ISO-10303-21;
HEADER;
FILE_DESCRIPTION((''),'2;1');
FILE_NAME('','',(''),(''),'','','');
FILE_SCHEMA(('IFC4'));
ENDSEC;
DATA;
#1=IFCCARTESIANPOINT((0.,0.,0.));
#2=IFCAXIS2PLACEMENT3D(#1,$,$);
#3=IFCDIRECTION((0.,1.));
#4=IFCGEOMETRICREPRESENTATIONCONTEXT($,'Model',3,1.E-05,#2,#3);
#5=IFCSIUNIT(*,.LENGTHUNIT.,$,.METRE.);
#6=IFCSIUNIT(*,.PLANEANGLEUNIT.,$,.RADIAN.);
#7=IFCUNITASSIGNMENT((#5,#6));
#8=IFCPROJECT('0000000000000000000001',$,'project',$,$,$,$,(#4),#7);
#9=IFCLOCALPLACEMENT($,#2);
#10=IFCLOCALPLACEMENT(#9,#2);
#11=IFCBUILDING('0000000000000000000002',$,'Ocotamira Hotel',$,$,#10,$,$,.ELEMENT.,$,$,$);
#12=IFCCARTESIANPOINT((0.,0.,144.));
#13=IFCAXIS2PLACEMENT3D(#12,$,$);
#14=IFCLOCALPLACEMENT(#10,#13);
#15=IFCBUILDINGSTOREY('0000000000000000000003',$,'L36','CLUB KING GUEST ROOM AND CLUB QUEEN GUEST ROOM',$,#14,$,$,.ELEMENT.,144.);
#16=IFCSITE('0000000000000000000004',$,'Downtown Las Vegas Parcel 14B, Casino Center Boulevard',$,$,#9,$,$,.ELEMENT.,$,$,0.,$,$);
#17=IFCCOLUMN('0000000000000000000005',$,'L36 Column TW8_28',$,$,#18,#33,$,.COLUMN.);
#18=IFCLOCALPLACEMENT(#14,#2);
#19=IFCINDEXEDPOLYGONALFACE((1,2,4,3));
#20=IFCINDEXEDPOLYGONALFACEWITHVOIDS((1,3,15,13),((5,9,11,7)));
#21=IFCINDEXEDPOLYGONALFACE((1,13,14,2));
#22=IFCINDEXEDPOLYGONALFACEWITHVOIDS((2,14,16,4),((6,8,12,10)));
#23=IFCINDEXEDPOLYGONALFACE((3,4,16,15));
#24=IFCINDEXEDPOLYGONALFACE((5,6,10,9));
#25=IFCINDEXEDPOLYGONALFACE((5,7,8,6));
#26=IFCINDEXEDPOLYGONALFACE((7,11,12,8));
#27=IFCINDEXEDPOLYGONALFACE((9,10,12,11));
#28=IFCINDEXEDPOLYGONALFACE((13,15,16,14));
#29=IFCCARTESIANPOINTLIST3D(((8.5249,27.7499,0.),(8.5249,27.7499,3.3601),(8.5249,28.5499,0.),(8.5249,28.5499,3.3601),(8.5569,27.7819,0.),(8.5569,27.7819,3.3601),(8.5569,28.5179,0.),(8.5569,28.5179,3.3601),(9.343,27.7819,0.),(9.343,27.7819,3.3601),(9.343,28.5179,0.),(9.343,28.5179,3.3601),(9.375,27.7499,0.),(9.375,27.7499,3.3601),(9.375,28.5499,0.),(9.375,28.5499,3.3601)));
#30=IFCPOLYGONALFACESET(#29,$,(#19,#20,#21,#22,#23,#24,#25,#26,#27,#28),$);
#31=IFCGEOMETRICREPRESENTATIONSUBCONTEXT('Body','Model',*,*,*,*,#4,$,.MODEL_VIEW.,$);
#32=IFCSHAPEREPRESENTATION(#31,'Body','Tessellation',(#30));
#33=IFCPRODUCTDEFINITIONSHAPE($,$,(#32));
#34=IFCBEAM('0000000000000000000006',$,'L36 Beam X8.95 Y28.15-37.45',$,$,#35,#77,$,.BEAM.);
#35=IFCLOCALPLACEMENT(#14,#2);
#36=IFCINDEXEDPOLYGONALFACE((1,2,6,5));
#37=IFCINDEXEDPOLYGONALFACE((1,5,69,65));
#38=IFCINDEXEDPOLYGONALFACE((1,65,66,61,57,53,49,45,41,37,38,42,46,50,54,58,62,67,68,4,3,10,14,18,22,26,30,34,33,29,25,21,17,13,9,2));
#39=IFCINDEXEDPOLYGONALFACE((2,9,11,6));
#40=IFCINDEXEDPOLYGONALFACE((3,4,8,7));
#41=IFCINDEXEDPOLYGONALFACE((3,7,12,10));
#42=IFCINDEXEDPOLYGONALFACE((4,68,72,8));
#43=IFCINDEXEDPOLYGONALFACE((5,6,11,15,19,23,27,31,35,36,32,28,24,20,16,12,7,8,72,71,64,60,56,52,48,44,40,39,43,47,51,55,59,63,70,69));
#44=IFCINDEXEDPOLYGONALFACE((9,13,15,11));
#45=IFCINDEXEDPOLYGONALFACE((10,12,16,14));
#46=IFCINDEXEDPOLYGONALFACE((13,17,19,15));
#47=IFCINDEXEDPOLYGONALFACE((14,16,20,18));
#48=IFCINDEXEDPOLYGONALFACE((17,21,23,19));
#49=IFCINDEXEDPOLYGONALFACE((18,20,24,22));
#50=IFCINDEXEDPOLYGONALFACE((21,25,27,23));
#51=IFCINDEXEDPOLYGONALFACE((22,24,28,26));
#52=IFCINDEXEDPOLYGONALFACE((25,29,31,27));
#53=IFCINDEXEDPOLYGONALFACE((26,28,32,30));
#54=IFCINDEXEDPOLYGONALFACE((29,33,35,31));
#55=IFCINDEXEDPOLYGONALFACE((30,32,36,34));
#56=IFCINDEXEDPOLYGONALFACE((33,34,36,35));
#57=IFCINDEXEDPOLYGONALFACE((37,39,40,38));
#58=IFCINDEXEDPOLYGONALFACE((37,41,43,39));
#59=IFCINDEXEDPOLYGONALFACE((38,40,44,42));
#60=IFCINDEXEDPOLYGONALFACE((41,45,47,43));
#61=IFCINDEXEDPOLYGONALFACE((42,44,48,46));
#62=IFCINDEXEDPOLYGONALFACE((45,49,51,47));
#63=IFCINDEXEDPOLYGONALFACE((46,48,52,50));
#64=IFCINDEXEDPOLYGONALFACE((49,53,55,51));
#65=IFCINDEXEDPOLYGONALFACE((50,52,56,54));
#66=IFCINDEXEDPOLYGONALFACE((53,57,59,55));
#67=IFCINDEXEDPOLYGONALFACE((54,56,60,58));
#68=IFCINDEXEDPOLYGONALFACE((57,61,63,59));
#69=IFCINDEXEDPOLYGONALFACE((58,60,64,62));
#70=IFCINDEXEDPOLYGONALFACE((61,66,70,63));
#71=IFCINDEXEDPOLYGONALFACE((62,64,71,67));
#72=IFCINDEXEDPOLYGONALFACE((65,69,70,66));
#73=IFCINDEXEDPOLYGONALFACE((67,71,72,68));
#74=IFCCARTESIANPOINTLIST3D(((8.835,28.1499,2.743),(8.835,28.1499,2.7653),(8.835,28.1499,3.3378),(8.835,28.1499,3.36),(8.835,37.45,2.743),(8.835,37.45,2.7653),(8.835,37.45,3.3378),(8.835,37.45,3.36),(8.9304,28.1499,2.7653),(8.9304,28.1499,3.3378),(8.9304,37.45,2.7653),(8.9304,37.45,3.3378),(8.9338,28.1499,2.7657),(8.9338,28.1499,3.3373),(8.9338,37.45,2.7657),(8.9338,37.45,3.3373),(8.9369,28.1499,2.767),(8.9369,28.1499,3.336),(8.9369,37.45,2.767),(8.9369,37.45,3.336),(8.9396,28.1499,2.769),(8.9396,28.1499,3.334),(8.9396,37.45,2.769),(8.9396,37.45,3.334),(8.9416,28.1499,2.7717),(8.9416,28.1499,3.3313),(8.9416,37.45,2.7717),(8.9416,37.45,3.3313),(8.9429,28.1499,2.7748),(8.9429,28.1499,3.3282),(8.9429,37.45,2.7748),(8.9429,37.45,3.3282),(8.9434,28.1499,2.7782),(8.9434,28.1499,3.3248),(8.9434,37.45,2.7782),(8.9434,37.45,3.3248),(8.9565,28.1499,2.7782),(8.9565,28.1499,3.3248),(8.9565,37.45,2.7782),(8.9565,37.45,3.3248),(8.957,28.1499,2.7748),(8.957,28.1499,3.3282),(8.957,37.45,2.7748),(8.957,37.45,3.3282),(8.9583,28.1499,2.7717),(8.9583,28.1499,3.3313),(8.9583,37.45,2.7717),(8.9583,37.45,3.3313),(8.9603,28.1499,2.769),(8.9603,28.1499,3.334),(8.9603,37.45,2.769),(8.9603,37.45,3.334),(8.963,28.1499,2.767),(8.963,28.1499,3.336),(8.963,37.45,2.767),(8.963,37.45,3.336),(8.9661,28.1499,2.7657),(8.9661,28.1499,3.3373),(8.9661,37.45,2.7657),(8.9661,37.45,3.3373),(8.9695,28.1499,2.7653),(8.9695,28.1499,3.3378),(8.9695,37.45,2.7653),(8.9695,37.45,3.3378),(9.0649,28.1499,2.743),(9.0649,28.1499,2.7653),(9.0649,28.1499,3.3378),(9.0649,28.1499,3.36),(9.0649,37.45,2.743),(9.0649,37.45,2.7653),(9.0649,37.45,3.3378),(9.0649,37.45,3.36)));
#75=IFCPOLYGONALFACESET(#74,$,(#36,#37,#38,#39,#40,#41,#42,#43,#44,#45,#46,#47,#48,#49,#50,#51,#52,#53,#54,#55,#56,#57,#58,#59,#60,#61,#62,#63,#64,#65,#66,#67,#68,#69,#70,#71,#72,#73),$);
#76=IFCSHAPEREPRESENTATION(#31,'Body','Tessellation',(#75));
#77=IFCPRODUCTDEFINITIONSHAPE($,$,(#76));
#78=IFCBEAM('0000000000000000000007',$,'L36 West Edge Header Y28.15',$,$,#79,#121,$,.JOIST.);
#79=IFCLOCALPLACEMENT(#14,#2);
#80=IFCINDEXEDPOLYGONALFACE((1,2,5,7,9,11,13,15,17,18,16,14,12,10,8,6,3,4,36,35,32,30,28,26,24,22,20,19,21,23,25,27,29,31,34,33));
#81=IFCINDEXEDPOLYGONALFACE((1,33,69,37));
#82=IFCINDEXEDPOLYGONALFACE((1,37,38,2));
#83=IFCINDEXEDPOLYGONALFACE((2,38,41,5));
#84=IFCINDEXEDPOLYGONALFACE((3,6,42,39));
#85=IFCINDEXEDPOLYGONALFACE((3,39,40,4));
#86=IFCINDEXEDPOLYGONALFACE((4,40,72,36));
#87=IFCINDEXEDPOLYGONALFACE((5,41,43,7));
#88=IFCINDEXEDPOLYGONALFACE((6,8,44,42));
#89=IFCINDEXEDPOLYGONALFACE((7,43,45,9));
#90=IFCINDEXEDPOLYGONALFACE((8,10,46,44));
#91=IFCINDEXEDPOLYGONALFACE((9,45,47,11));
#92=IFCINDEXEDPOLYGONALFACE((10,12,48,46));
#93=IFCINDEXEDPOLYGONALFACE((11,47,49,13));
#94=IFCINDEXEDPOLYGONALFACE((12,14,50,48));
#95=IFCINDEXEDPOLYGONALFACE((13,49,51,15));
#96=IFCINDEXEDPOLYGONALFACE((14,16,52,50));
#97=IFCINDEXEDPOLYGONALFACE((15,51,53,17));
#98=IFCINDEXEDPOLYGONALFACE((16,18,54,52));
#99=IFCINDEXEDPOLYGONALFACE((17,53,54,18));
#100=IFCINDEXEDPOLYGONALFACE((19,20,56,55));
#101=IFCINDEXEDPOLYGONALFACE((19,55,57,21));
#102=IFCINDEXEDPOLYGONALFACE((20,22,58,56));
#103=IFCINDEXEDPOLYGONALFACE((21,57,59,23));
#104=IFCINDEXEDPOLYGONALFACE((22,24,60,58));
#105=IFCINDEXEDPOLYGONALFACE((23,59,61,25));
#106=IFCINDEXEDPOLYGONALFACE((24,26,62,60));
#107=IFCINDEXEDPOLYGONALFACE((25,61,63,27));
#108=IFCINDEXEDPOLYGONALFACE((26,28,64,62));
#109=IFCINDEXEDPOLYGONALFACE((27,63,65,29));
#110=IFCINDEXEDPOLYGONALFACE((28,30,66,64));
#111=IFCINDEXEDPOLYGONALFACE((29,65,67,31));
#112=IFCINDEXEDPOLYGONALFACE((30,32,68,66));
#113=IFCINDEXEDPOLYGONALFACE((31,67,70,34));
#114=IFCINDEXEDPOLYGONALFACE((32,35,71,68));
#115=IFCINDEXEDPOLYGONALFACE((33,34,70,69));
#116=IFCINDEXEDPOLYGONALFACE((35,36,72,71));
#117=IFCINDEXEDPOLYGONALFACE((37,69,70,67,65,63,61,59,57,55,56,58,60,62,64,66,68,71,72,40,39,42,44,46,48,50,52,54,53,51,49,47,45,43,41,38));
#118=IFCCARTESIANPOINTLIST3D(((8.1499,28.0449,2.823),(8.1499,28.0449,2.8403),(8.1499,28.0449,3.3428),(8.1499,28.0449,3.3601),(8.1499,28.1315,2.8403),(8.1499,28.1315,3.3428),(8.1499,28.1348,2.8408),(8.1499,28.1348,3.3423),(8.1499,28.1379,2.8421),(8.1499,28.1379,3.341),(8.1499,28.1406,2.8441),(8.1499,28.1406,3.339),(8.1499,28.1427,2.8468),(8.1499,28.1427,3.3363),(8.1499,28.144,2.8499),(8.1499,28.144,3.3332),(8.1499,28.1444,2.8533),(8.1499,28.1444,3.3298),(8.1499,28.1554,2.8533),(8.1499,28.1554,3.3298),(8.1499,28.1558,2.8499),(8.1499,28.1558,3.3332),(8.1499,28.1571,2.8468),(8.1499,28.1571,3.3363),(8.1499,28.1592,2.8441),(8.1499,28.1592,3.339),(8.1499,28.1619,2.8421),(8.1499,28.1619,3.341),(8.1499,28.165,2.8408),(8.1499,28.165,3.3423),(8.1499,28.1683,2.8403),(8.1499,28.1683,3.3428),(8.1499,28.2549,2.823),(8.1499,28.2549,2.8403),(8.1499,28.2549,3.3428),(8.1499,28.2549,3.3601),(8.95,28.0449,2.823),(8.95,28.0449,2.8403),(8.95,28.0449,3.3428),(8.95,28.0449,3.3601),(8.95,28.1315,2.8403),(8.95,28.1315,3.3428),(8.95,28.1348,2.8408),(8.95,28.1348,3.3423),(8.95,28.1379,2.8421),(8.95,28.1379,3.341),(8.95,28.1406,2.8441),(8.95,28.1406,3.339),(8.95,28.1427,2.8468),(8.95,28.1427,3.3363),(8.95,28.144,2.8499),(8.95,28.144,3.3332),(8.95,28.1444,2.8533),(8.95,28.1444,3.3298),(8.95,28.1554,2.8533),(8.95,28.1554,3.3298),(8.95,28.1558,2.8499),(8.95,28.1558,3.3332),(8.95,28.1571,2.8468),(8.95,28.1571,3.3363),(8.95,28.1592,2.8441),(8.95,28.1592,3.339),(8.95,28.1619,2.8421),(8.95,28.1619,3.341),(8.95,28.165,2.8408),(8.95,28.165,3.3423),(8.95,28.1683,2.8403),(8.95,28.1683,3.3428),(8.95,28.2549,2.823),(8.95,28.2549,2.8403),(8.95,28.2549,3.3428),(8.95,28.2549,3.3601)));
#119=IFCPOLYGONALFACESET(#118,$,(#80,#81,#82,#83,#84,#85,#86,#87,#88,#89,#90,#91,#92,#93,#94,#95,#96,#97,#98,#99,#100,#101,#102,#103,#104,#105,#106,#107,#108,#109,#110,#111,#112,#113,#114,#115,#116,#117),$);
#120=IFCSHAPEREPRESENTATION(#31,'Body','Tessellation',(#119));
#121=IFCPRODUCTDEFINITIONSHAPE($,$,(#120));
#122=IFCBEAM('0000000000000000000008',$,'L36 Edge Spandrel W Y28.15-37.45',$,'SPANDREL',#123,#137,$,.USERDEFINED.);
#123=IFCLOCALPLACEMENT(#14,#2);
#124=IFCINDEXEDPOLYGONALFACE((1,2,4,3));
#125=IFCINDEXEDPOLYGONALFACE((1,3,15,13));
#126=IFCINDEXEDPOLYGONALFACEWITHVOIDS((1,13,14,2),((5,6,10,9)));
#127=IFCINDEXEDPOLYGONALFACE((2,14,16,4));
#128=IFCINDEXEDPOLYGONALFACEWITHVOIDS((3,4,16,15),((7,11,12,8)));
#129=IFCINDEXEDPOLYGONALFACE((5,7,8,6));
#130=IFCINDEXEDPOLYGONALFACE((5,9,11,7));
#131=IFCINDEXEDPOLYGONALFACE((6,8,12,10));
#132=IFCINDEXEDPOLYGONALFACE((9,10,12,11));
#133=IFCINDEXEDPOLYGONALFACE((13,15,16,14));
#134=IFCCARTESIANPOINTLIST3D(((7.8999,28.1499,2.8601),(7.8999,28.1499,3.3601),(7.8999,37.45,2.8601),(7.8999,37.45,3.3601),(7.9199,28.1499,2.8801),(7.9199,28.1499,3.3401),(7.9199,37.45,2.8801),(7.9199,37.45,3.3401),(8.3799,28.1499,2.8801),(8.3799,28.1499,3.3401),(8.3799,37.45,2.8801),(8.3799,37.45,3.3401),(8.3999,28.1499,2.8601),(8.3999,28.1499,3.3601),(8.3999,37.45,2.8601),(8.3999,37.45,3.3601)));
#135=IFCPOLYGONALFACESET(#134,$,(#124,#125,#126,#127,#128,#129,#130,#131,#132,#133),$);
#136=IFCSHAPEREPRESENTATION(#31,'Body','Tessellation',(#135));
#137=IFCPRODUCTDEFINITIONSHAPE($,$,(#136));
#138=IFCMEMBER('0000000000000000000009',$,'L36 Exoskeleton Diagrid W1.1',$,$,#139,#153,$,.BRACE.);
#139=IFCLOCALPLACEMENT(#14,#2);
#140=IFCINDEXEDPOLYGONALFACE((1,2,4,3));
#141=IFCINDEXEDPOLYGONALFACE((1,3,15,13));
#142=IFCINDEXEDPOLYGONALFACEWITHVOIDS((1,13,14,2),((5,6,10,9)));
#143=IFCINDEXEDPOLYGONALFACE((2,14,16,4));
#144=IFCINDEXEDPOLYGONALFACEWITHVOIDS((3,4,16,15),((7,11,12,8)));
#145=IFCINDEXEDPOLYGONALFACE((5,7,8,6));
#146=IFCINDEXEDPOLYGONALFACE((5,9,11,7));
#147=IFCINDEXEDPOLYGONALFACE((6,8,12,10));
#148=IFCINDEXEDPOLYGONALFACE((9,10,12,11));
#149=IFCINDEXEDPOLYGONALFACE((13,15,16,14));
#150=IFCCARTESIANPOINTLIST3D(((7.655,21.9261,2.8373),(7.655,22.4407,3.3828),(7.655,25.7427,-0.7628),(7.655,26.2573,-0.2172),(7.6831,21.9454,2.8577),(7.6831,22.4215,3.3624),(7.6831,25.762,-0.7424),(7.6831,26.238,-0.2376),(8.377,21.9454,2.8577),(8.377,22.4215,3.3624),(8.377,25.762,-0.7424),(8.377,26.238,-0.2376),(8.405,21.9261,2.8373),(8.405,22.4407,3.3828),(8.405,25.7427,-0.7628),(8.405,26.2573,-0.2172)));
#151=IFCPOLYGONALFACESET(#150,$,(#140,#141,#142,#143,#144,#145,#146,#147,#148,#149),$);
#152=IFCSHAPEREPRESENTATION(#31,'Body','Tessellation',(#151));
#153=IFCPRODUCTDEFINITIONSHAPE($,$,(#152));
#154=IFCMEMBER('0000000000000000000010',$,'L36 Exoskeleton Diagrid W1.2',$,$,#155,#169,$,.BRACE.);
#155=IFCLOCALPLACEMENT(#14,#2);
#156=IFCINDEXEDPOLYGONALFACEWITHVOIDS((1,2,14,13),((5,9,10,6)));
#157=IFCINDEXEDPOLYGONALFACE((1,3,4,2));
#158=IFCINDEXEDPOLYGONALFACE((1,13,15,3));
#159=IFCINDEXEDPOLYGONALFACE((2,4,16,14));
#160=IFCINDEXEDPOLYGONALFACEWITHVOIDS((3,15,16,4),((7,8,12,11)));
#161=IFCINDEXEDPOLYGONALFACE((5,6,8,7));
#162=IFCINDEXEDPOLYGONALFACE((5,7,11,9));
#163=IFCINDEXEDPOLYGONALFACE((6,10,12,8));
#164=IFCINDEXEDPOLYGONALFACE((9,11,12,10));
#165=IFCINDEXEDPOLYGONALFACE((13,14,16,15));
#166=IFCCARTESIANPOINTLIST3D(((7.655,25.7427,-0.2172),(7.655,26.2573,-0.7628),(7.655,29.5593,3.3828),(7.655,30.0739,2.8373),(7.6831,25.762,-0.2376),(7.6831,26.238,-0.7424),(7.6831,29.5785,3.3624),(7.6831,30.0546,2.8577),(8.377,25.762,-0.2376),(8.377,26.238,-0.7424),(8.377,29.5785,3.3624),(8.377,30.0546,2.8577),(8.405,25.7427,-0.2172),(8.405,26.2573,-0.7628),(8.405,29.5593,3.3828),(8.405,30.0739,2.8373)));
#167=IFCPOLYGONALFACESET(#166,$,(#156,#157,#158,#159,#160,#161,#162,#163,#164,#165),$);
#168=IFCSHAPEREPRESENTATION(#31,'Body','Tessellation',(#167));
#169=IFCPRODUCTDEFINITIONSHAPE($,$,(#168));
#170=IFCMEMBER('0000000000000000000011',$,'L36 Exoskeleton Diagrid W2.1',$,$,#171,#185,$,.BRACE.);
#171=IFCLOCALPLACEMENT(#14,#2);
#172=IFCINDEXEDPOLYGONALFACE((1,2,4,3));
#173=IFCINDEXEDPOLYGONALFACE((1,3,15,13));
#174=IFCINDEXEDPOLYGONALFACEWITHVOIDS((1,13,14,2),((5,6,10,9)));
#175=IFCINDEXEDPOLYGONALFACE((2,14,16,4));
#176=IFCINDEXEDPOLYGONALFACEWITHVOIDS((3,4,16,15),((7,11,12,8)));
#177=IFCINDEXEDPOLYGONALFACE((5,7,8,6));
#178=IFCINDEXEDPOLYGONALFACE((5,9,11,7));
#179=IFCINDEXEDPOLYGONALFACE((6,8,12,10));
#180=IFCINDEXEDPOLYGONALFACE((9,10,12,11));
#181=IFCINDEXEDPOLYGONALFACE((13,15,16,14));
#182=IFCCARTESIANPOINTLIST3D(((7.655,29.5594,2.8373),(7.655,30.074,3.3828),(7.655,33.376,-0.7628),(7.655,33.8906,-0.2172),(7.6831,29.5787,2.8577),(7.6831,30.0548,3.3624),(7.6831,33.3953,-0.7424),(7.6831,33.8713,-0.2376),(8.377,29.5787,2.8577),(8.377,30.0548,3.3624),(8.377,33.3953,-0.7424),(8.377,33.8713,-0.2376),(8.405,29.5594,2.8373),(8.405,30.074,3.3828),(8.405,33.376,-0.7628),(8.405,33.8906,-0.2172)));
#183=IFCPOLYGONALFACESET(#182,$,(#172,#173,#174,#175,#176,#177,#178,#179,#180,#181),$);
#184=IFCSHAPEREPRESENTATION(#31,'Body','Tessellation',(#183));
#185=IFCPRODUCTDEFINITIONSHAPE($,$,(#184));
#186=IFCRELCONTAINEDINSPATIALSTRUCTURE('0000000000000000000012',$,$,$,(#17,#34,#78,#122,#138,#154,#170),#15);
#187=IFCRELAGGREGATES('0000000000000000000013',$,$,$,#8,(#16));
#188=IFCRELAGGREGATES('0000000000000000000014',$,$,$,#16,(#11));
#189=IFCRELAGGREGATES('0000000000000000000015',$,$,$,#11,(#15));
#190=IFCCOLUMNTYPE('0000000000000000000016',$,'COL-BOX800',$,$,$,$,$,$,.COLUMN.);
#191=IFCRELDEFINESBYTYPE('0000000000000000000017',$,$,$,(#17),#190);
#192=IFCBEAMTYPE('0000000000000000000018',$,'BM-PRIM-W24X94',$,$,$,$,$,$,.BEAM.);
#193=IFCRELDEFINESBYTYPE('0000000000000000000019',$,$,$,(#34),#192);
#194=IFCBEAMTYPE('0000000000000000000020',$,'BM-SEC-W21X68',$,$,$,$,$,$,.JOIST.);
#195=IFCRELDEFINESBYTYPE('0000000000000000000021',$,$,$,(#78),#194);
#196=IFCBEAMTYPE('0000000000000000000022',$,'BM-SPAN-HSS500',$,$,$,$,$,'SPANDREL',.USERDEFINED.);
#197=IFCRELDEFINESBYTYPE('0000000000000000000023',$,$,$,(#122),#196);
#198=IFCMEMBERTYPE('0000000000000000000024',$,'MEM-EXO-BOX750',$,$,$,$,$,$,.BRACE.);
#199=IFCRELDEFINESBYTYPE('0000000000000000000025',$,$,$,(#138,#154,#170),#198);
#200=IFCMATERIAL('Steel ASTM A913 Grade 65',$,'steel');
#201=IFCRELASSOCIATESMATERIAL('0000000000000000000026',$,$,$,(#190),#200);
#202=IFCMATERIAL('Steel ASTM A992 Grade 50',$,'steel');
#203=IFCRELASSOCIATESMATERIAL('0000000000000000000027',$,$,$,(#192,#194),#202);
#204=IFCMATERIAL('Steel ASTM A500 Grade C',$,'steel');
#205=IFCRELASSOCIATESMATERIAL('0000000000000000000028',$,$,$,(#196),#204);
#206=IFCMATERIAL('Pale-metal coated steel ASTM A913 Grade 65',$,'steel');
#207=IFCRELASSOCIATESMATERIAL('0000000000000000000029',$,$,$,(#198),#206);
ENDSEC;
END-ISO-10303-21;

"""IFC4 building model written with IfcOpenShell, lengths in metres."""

from ifc_helpers import new_model, si_unit, direction, frame, origin, origin_2d, place, context, subcontext, project, spatial, hollow_rectangle, i_section, extrude, source, transform, mapped, material, material_profile, profile_set, type_object, element, save


model = new_model("IFC4")

# Units and contexts
model_context = context("Model", 3, precision=1e-05, world=origin(), true_north=direction((0.0, 1.0)))
body_context = subcontext(model_context, "Body", "Model", "MODEL_VIEW")
ifc_project = project(units=[si_unit("LENGTHUNIT", "METRE"), si_unit("PLANEANGLEUNIT", "RADIAN")], contexts=[model_context])

# Site, building, storey
site_placement = place(None, origin())
site = spatial("IfcSite", under=ifc_project, at=site_placement, Name="Downtown Las Vegas Parcel 14B, Casino Center Boulevard", CompositionType="ELEMENT", RefElevation=0.0)
building_placement = place(site_placement, origin())
building = spatial("IfcBuilding", under=site, at=building_placement, Name="Ocotamira Hotel", CompositionType="ELEMENT")
storey_placement = place(building_placement, frame((0.0, 0.0, 144.0)))
storey = spatial("IfcBuildingStorey", under=building, at=storey_placement, Name="L36", Description="CLUB KING GUEST ROOM AND CLUB QUEEN GUEST ROOM", CompositionType="ELEMENT", Elevation=144.0)

# Column
ifc_material_1 = material(Name="Steel ASTM A913 Grade 65", Category="steel")
ifc_material_profile_1 = material_profile(ifc_material_1, hollow_rectangle(XDim=0.8501, YDim=0.8, WallThickness=0.032, at=origin_2d()), Name="BOX800X850X32")
ifc_profile_set_1 = profile_set([ifc_material_profile_1], Name="Steel ASTM A913 Grade 65")
column_type = type_object("IfcColumnType", Name="COL-BOX800", PredefinedType="COLUMN", material=ifc_profile_set_1)
shared_shape_1 = source(origin(), body_context, "Body", "SweptSolid", [
    extrude(hollow_rectangle(XDim=0.8501, YDim=0.8, WallThickness=0.032, at=origin_2d()), origin(), (0.0, 0.0, 1.0), 3.3601),
])
column_placement = place(storey_placement, frame((8.95, 28.1499, 0.0), z_axis=(0.0, 0.0, 1.0), x_axis=(1.0, 0.0, 0.0)))
element("IfcColumn", 1, at=column_placement, inside=storey, type_object=column_type, Name="L36 Column TW8_28", PredefinedType="COLUMN", context=body_context, shape_type="MappedRepresentation", body=[
    mapped(shared_shape_1, transform((0.0, 0.0, 0.0), scale=1.0)),
])

# Beams
ifc_material_2 = material(Name="Steel ASTM A992 Grade 50", Category="steel")
ifc_material_profile_2 = material_profile(ifc_material_2, i_section(OverallWidth=0.23, OverallDepth=0.6169, WebThickness=0.0132, FlangeThickness=0.0222, FilletRadius=0.0129, at=origin_2d()), Name="W24X94")
ifc_profile_set_2 = profile_set([ifc_material_profile_2], Name="Steel ASTM A992 Grade 50")
beam_type_1 = type_object("IfcBeamType", Name="BM-PRIM-W24X94", PredefinedType="BEAM", material=ifc_profile_set_2)
shared_shape_2 = source(origin(), body_context, "Body", "SweptSolid", [
    extrude(i_section(OverallWidth=0.23, OverallDepth=0.6169, WebThickness=0.0132, FlangeThickness=0.0222, FilletRadius=0.0129, at=origin_2d()), origin(), (0.0, 0.0, 1.0), 9.3),
])
beam_1_placement = place(storey_placement, frame((8.95, 28.1499, 3.0515), z_axis=(0.0, 1.0, 0.0), x_axis=(-1.0, 0.0, 0.0)))
element("IfcBeam", 2, at=beam_1_placement, inside=storey, type_object=beam_type_1, Name="L36 Beam X8.95 Y28.15-37.45", PredefinedType="BEAM", context=body_context, shape_type="MappedRepresentation", body=[
    mapped(shared_shape_2, transform((0.0, 0.0, 0.0), scale=1.0)),
])
ifc_material_profile_3 = material_profile(ifc_material_2, i_section(OverallWidth=0.21, OverallDepth=0.5371, WebThickness=0.011, FlangeThickness=0.0173, FilletRadius=0.0129, at=origin_2d()), Name="W21X68")
ifc_profile_set_3 = profile_set([ifc_material_profile_3], Name="Steel ASTM A992 Grade 50")
beam_type_2 = type_object("IfcBeamType", Name="BM-SEC-W21X68", PredefinedType="JOIST", material=ifc_profile_set_3)
shared_shape_3 = source(origin(), body_context, "Body", "SweptSolid", [
    extrude(i_section(OverallWidth=0.21, OverallDepth=0.5371, WebThickness=0.011, FlangeThickness=0.0173, FilletRadius=0.0129, at=origin_2d()), origin(), (0.0, 0.0, 1.0), 0.8),
])
beam_2_placement = place(storey_placement, frame((8.95, 28.1499, 3.0916), z_axis=(-1.0, 0.0, 0.0), x_axis=(0.0, -1.0, 0.0)))
element("IfcBeam", 3, at=beam_2_placement, inside=storey, type_object=beam_type_2, Name="L36 West Edge Header Y28.15", PredefinedType="JOIST", context=body_context, shape_type="MappedRepresentation", body=[
    mapped(shared_shape_3, transform((0.0, 0.0, 0.0), scale=1.0)),
])
ifc_material_3 = material(Name="Steel ASTM A500 Grade C", Category="steel")
ifc_material_profile_4 = material_profile(ifc_material_3, hollow_rectangle(XDim=0.5, YDim=0.5, WallThickness=0.02, at=origin_2d()), Name="HSS500X500X20")
ifc_profile_set_4 = profile_set([ifc_material_profile_4], Name="Steel ASTM A500 Grade C")
beam_type_3 = type_object("IfcBeamType", Name="BM-SPAN-HSS500", ElementType="SPANDREL", PredefinedType="USERDEFINED", material=ifc_profile_set_4)
shared_shape_4 = source(origin(), body_context, "Body", "SweptSolid", [
    extrude(hollow_rectangle(XDim=0.5, YDim=0.5, WallThickness=0.02, at=origin_2d()), origin(), (0.0, 0.0, 1.0), 9.3),
])
beam_3_placement = place(storey_placement, frame((8.1499, 28.1499, 3.1101), z_axis=(0.0, 1.0, 0.0), x_axis=(-1.0, 0.0, 0.0)))
element("IfcBeam", 4, at=beam_3_placement, inside=storey, type_object=beam_type_3, Name="L36 Edge Spandrel W Y28.15-37.45", ObjectType="SPANDREL", PredefinedType="USERDEFINED", context=body_context, shape_type="MappedRepresentation", body=[
    mapped(shared_shape_4, transform((0.0, 0.0, 0.0), scale=1.0)),
])

# Members
ifc_material_4 = material(Name="Pale-metal coated steel ASTM A913 Grade 65", Category="steel")
ifc_material_profile_5 = material_profile(ifc_material_4, hollow_rectangle(XDim=0.75, YDim=0.75, WallThickness=0.0281, at=origin_2d()), Name="BOX750X750X28")
ifc_profile_set_5 = profile_set([ifc_material_profile_5], Name="Pale-metal coated steel ASTM A913 Grade 65")
member_type_1 = type_object("IfcMemberType", Name="MEM-EXO-BOX750", PredefinedType="BRACE", material=ifc_profile_set_5)
shared_shape_5 = source(origin(), body_context, "Body", "SweptSolid", [
    extrude(hollow_rectangle(XDim=0.75, YDim=0.75, WallThickness=0.0281, at=origin_2d()), origin(), (0.0, 0.0, 1.0), 5.2466),
])
for number, where, z_axis, x_axis, name in (
    (5, (8.03, 26.0, -0.49), (0.0, -0.727443, 0.686168), (1.0, 0.0, 0.0), "L36 Exoskeleton Diagrid W1.1"),
    (6, (8.03, 26.0, -0.49), (0.0, 0.727443, 0.686168), (-1.0, 0.0, 0.0), "L36 Exoskeleton Diagrid W1.2"),
    (7, (8.03, 33.6333, -0.49), (0.0, -0.727443, 0.686168), (1.0, 0.0, 0.0), "L36 Exoskeleton Diagrid W2.1"),
):
    element("IfcMember", number, at=place(storey_placement, frame(where, z_axis=z_axis, x_axis=x_axis)), inside=storey, type_object=member_type_1, Name=name, PredefinedType="BRACE", context=body_context, shape_type="MappedRepresentation", body=[
        mapped(shared_shape_5, transform((0.0, 0.0, 0.0), scale=1.0)),
    ])

save(model, "model.ifc")
